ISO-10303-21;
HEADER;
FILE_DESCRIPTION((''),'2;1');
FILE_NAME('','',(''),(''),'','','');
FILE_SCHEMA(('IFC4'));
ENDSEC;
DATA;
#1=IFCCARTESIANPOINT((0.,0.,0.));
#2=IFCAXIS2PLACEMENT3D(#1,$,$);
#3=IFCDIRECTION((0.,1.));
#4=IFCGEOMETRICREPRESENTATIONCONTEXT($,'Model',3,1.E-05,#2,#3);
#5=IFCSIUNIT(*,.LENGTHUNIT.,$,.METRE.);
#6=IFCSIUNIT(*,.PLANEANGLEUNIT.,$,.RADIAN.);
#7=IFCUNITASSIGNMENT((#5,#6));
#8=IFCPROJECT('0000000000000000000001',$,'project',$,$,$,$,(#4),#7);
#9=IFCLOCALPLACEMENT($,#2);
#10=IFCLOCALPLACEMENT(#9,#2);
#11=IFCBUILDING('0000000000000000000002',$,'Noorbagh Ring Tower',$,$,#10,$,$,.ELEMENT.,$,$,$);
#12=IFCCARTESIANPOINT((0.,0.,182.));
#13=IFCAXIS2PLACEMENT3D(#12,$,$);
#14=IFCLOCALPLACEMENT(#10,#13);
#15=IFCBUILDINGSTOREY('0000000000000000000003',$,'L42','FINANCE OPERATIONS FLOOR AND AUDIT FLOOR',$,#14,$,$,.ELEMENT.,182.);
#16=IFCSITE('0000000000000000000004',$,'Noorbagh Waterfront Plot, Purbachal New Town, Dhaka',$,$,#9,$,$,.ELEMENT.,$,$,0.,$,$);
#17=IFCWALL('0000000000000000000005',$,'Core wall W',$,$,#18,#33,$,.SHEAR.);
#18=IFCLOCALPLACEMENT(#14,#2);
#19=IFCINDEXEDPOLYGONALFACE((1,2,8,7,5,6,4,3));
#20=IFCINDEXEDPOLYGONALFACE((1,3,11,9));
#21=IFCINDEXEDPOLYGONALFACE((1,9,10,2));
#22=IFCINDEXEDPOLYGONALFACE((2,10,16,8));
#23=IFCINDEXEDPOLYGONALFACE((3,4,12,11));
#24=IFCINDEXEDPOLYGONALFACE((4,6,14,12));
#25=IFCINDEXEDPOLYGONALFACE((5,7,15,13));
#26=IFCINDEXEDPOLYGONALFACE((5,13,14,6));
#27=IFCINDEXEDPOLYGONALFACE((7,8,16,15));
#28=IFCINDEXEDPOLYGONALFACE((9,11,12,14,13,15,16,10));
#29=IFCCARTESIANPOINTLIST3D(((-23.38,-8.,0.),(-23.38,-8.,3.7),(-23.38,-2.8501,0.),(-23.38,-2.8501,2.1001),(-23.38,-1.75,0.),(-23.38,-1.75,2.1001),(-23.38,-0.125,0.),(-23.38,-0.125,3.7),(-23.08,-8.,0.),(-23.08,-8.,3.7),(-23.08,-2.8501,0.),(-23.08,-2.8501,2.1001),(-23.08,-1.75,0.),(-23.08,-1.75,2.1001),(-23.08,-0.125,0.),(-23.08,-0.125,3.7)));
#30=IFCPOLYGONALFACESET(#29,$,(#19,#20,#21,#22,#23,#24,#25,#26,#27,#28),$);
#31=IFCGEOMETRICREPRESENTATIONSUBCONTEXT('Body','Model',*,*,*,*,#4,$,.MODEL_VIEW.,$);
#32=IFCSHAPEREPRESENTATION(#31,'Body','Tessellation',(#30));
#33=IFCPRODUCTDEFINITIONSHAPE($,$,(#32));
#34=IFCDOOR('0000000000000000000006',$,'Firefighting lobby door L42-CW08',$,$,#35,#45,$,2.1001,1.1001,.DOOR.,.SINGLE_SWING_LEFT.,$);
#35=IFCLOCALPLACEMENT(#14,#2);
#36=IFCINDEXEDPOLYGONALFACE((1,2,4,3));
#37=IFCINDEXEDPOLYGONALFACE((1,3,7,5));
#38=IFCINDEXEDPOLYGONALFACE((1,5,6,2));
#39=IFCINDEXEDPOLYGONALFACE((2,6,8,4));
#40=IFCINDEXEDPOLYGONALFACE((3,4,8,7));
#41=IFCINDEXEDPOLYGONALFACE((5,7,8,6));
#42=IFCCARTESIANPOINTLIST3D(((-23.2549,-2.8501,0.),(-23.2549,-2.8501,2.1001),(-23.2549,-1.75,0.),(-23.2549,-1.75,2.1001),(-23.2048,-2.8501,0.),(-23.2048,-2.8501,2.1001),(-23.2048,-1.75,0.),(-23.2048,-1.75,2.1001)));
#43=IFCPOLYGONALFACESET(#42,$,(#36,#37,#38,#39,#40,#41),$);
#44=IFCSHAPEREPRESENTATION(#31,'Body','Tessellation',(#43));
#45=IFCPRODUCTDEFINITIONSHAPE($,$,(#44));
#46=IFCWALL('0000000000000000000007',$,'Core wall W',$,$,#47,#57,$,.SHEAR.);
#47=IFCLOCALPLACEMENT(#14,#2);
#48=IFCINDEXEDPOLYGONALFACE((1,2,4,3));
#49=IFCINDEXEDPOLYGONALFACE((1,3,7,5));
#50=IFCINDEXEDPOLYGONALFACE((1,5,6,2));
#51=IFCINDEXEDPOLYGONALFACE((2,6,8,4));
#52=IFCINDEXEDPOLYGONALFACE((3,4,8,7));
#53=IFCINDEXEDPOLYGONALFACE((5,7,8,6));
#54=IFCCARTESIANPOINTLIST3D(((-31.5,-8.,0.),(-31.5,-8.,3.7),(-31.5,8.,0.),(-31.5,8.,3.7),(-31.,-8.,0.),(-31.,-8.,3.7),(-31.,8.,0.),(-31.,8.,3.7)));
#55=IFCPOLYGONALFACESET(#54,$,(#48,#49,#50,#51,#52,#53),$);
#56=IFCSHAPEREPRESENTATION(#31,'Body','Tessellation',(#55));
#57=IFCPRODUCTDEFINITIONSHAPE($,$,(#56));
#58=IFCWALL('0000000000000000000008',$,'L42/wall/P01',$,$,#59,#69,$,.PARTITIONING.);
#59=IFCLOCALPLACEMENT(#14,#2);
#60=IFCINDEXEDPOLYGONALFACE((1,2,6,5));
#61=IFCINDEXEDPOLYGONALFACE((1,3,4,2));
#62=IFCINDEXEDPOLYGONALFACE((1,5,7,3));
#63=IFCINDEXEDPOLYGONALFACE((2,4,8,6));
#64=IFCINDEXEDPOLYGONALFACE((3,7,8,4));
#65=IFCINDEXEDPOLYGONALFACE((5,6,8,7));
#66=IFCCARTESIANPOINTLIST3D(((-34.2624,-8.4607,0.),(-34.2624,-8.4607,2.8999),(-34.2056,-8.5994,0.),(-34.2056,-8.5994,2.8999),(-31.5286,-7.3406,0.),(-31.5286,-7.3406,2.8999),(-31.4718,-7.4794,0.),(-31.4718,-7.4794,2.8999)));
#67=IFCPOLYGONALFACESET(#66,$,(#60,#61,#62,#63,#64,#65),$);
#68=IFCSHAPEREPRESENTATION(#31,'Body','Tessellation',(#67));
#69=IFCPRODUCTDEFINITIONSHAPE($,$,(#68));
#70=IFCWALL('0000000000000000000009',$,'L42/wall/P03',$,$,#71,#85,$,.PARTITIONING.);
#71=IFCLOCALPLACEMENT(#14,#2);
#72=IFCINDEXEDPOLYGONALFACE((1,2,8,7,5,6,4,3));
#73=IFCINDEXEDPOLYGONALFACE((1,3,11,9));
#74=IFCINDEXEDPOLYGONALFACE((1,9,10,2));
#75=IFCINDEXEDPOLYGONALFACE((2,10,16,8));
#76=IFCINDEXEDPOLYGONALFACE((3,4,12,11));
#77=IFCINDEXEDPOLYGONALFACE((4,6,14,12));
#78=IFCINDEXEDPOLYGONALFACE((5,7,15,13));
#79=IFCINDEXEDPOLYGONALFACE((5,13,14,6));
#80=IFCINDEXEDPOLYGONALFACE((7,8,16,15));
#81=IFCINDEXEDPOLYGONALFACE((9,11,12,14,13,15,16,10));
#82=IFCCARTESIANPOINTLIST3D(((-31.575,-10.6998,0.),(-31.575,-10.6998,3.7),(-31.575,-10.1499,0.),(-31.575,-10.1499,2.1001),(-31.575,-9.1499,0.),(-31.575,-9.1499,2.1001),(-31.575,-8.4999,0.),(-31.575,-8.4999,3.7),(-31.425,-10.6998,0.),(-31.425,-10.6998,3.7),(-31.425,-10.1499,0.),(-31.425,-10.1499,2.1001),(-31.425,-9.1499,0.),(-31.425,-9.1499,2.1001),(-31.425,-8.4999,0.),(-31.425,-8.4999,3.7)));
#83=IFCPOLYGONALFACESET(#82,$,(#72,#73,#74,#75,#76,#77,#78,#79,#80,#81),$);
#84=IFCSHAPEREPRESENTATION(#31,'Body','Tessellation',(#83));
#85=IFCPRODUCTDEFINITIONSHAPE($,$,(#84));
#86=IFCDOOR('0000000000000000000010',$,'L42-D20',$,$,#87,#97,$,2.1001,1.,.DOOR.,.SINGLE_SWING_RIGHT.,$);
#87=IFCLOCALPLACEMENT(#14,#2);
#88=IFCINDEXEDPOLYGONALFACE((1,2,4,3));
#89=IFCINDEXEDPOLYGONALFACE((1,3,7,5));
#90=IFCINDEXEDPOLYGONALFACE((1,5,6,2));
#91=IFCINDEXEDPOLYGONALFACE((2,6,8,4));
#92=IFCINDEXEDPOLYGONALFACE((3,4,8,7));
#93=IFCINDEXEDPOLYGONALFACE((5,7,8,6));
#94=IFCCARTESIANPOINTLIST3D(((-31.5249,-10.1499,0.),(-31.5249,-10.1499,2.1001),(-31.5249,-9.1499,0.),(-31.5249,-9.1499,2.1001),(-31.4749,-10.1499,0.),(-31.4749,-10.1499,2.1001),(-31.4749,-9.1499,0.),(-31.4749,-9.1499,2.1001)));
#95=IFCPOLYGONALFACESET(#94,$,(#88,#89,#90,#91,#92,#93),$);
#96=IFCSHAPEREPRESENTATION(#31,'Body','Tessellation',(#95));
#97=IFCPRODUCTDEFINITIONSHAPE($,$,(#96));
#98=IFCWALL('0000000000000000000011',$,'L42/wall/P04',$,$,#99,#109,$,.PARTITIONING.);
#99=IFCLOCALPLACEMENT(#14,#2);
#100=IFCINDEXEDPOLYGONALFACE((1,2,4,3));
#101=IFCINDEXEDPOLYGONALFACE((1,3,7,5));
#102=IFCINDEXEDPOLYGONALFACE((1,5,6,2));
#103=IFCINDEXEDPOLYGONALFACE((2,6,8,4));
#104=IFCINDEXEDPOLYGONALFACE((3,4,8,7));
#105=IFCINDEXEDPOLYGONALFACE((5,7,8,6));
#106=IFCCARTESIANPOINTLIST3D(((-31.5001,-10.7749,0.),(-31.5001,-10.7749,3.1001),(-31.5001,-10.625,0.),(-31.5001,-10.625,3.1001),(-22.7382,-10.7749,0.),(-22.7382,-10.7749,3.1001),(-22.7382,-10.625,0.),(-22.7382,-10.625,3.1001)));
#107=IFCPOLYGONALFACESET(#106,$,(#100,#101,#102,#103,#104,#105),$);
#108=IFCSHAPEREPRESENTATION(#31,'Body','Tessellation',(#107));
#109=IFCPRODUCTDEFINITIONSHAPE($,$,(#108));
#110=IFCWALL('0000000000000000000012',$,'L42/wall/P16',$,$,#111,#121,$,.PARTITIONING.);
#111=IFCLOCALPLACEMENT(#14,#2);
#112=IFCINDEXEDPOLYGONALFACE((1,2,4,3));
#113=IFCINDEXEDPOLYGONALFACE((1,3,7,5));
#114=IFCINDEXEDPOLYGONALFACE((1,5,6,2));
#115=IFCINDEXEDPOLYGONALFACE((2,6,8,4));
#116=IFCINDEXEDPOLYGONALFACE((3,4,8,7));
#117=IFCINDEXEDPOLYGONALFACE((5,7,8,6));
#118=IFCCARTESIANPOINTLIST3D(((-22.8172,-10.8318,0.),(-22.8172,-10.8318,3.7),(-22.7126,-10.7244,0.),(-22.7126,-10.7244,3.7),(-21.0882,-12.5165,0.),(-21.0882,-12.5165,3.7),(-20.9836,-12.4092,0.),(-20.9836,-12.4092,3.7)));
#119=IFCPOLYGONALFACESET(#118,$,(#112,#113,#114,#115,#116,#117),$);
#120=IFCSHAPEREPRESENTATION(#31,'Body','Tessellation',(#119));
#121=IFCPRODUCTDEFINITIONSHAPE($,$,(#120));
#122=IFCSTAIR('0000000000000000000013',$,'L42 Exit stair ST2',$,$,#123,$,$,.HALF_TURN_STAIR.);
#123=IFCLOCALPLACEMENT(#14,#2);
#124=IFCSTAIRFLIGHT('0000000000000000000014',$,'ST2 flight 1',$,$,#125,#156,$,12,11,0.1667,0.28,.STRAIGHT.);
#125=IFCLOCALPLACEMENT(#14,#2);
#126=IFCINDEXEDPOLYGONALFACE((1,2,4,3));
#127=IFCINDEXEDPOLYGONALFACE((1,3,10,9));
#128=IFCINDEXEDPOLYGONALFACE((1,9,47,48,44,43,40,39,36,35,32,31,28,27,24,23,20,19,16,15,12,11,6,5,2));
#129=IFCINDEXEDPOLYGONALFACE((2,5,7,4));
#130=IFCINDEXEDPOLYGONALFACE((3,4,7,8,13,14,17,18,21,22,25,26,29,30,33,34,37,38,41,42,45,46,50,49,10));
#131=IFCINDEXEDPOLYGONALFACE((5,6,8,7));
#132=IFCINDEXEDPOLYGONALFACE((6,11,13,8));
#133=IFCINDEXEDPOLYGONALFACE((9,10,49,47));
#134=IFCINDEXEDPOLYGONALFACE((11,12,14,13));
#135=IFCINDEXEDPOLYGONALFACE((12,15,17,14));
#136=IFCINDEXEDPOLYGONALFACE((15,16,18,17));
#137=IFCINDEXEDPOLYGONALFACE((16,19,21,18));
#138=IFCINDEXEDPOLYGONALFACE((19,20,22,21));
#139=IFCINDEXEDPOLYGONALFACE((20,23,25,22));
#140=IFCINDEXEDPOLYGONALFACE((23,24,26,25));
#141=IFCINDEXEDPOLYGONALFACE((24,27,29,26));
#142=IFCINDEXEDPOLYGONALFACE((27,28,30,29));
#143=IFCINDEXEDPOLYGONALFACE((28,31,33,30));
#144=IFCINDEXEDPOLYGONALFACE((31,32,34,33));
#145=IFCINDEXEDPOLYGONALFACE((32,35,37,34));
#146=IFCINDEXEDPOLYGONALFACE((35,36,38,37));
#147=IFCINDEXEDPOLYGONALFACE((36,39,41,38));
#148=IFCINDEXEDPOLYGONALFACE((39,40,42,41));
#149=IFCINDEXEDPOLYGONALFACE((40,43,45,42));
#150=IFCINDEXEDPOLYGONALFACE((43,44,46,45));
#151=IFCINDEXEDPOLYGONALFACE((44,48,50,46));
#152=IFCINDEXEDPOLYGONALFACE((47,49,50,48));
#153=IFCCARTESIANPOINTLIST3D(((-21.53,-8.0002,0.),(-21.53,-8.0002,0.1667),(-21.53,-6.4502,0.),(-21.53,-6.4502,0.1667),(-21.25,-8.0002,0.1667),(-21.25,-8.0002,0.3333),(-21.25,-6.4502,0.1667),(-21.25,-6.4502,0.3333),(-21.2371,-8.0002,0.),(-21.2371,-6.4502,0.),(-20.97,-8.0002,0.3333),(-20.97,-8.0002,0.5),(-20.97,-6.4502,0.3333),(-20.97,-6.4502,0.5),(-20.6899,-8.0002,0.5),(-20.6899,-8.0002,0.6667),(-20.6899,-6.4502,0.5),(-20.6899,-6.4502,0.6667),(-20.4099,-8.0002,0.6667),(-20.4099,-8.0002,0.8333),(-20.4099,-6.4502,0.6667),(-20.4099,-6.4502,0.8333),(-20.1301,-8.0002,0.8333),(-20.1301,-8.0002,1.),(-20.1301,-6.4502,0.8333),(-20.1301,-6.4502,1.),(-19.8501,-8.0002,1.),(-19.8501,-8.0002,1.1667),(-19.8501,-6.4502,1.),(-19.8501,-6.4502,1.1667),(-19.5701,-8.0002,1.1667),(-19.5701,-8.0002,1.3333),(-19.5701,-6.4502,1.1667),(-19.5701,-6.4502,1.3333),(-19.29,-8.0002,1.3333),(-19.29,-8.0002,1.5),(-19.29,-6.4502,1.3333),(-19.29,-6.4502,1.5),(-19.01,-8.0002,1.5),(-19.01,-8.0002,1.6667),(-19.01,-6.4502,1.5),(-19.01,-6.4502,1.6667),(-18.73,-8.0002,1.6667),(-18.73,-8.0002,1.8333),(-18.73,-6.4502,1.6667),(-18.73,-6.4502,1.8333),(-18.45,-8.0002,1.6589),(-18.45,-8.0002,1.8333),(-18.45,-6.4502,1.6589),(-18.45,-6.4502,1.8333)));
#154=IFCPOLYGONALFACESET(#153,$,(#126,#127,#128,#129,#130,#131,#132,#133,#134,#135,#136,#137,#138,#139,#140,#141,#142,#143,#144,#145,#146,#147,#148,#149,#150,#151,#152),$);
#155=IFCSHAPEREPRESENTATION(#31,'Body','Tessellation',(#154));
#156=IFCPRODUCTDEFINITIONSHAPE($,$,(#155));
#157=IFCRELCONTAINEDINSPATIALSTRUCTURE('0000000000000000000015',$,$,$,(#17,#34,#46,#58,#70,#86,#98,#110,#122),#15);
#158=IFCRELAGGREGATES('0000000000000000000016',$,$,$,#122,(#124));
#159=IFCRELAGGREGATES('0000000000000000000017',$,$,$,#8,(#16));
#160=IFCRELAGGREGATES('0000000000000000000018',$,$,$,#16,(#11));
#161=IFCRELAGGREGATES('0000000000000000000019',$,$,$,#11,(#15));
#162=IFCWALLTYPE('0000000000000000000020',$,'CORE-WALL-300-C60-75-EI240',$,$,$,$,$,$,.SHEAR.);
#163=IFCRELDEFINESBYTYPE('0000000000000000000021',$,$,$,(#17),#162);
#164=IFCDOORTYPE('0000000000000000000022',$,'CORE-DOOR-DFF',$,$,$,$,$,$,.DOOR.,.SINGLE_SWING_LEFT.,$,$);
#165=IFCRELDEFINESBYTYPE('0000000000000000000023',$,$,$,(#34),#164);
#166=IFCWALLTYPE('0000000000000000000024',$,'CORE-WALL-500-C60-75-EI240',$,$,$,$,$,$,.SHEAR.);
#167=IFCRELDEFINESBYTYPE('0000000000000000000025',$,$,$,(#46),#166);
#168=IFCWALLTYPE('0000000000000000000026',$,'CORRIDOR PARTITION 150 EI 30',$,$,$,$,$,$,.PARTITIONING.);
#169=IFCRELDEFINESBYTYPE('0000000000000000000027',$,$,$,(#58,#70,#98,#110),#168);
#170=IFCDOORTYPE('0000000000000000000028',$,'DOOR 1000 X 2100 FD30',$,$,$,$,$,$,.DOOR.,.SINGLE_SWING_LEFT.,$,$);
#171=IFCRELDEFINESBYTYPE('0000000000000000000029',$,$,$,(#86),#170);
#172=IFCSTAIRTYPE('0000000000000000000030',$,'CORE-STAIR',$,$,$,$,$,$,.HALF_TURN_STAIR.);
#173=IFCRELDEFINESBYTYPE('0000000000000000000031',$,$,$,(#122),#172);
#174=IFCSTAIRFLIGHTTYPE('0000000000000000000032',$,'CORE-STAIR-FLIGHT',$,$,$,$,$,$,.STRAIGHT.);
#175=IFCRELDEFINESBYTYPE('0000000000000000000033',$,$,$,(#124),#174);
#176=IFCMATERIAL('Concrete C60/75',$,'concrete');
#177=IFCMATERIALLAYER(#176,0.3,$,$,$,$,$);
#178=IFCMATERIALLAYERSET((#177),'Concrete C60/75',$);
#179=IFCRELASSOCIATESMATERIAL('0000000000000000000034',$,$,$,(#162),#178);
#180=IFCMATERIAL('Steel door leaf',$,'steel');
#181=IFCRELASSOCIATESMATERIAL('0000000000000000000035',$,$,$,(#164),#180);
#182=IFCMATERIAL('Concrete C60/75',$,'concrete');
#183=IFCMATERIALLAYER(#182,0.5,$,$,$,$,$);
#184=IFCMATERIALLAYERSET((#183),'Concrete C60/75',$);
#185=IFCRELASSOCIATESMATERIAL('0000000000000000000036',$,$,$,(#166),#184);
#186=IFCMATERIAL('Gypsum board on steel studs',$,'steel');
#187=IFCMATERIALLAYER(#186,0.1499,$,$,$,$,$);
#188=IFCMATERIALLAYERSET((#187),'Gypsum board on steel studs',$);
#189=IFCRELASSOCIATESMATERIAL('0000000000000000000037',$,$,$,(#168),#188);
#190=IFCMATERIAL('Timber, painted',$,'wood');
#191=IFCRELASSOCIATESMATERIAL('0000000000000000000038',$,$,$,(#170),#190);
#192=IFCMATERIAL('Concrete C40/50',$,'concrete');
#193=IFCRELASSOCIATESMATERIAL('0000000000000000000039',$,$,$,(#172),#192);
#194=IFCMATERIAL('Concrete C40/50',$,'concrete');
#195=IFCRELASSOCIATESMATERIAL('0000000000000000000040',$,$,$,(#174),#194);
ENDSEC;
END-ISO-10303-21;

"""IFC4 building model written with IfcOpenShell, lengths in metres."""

from ifc_helpers import new_model, si_unit, direction, frame, frame_2d, origin, place, context, subcontext, project, spatial, polyline, rectangle, outline, extrude, material, layer, layer_set, type_object, element, fill, aggregate, save


model = new_model("IFC4")

# Units and contexts
model_context = context("Model", 3, precision=1e-05, world=origin(), true_north=direction((0.0, 1.0)))
body_context = subcontext(model_context, "Body", "Model", "MODEL_VIEW")
ifc_project = project(units=[si_unit("LENGTHUNIT", "METRE"), si_unit("PLANEANGLEUNIT", "RADIAN")], contexts=[model_context])

# Site, building, storey
site_placement = place(None, origin())
site = spatial("IfcSite", under=ifc_project, at=site_placement, Name="Noorbagh Waterfront Plot, Purbachal New Town, Dhaka", CompositionType="ELEMENT", RefElevation=0.0)
building_placement = place(site_placement, origin())
building = spatial("IfcBuilding", under=site, at=building_placement, Name="Noorbagh Ring Tower", CompositionType="ELEMENT")
storey_placement = place(building_placement, frame((0.0, 0.0, 182.0)))
storey = spatial("IfcBuildingStorey", under=building, at=storey_placement, Name="L42", Description="FINANCE OPERATIONS FLOOR AND AUDIT FLOOR", CompositionType="ELEMENT", Elevation=182.0)

# Shared definitions
ifc_material_1 = material(Name="Concrete C60/75", Category="concrete")
ifc_layer_1 = layer(ifc_material_1, 0.3)
ifc_layer_set_1 = layer_set([ifc_layer_1], Name="Concrete C60/75")
wall_type_1 = type_object("IfcWallType", Name="CORE-WALL-300-C60-75-EI240", PredefinedType="SHEAR", material=ifc_layer_set_1)

# Wall, opening, door
wall_1_placement = place(storey_placement, frame((-23.23, -8.0, 0.0), z_axis=(0.0, 0.0, 1.0), x_axis=(0.0, 1.0, 0.0)))
wall_1 = element("IfcWall", 1, at=wall_1_placement, inside=storey, type_object=wall_type_1, Name="Core wall W", PredefinedType="SHEAR", context=body_context, shape_type="SweptSolid", body=[
    extrude(rectangle(XDim=7.875, YDim=0.3, at=frame_2d((3.9375, 0.0))), origin(), (0.0, 0.0, 1.0), 3.7),
])
opening_1_placement = place(wall_1_placement, frame((5.1499, 0.0, 0.0)))
opening_1 = element("IfcOpeningElement", 2, at=opening_1_placement, cuts=wall_1, PredefinedType="OPENING", context=body_context, shape_type="SweptSolid", body=[
    extrude(rectangle(XDim=1.1001, YDim=2.1001, at=frame_2d((0.55, 1.05))), frame((0.0, 0.1602, 0.0), z_axis=(0.0, -1.0, 0.0), x_axis=(1.0, 0.0, 0.0)), (0.0, 0.0, 1.0), 0.3201),
])
ifc_material_2 = material(Name="Steel door leaf", Category="steel")
door_type_1 = type_object("IfcDoorType", Name="CORE-DOOR-DFF", OperationType="SINGLE_SWING_LEFT", PredefinedType="DOOR", material=ifc_material_2)
door_1_placement = place(opening_1_placement, origin())
door_1 = element("IfcDoor", 3, at=door_1_placement, inside=storey, type_object=door_type_1, Name="Firefighting lobby door L42-CW08", OperationType="SINGLE_SWING_LEFT", OverallHeight=2.1001, OverallWidth=1.1001, PredefinedType="DOOR", context=body_context, shape_type="SweptSolid", body=[
    extrude(rectangle(XDim=1.1001, YDim=2.1001, at=frame_2d((0.55, 1.05))), frame((0.0, 0.0249, 0.0), z_axis=(0.0, -1.0, 0.0), x_axis=(1.0, 0.0, 0.0)), (0.0, 0.0, 1.0), 0.05),
])
fill(opening_1, door_1)

# Walls
ifc_material_3 = material(Name="Concrete C60/75", Category="concrete")
ifc_layer_2 = layer(ifc_material_3, 0.5)
ifc_layer_set_2 = layer_set([ifc_layer_2], Name="Concrete C60/75")
wall_type_2 = type_object("IfcWallType", Name="CORE-WALL-500-C60-75-EI240", PredefinedType="SHEAR", material=ifc_layer_set_2)
wall_2_placement = place(storey_placement, frame((-31.25, -8.0, 0.0), z_axis=(0.0, 0.0, 1.0), x_axis=(0.0, 1.0, 0.0)))
element("IfcWall", 4, at=wall_2_placement, inside=storey, type_object=wall_type_2, Name="Core wall W", PredefinedType="SHEAR", context=body_context, shape_type="SweptSolid", body=[
    extrude(rectangle(XDim=16.0, YDim=0.5, at=frame_2d((8.0, 0.0))), origin(), (0.0, 0.0, 1.0), 3.7),
])
ifc_material_4 = material(Name="Gypsum board on steel studs", Category="steel")
ifc_layer_3 = layer(ifc_material_4, 0.1499)
ifc_layer_set_3 = layer_set([ifc_layer_3], Name="Gypsum board on steel studs")
wall_type_3 = type_object("IfcWallType", Name="CORRIDOR PARTITION 150 EI 30", PredefinedType="PARTITIONING", material=ifc_layer_set_3)
wall_3_placement = place(storey_placement, frame((-34.2339, -8.53, 0.0), z_axis=(0.0, 0.0, 1.0), x_axis=(0.925344, 0.379128, 0.0)))
element("IfcWall", 5, at=wall_3_placement, inside=storey, type_object=wall_type_3, Name="L42/wall/P01", PredefinedType="PARTITIONING", context=body_context, shape_type="SweptSolid", body=[
    extrude(rectangle(XDim=2.9543, YDim=0.1499, at=frame_2d((1.4771, 0.0))), origin(), (0.0, 0.0, 1.0), 2.8999),
])

# Wall, opening, door
wall_4_placement = place(storey_placement, frame((-31.5, -10.7, 0.0), z_axis=(0.0, 0.0, 1.0), x_axis=(0.0, 1.0, 0.0)))
wall_4 = element("IfcWall", 6, at=wall_4_placement, inside=storey, type_object=wall_type_3, Name="L42/wall/P03", PredefinedType="PARTITIONING", context=body_context, shape_type="SweptSolid", body=[
    extrude(rectangle(XDim=2.2, YDim=0.1499, at=frame_2d((1.1001, 0.0))), origin(), (0.0, 0.0, 1.0), 3.7),
])
opening_2_placement = place(wall_4_placement, frame((0.55, 0.0, 0.0)))
opening_2 = element("IfcOpeningElement", 7, at=opening_2_placement, cuts=wall_4, PredefinedType="OPENING", context=body_context, shape_type="SweptSolid", body=[
    extrude(rectangle(XDim=1.0, YDim=2.1001, at=frame_2d((0.5, 1.05))), frame((0.0, 0.085, 0.0), z_axis=(0.0, -1.0, 0.0), x_axis=(1.0, 0.0, 0.0)), (0.0, 0.0, 1.0), 0.1699),
])
ifc_material_5 = material(Name="Timber, painted", Category="wood")
door_type_2 = type_object("IfcDoorType", Name="DOOR 1000 X 2100 FD30", OperationType="SINGLE_SWING_LEFT", PredefinedType="DOOR", material=ifc_material_5)
door_2_placement = place(opening_2_placement, origin())
door_2 = element("IfcDoor", 8, at=door_2_placement, inside=storey, type_object=door_type_2, Name="L42-D20", OperationType="SINGLE_SWING_RIGHT", OverallHeight=2.1001, OverallWidth=1.0, PredefinedType="DOOR", context=body_context, shape_type="SweptSolid", body=[
    extrude(rectangle(XDim=1.0, YDim=2.1001, at=frame_2d((0.5, 1.05))), frame((0.0, 0.0249, 0.0), z_axis=(0.0, -1.0, 0.0), x_axis=(1.0, 0.0, 0.0)), (0.0, 0.0, 1.0), 0.05),
])
fill(opening_2, door_2)

# Walls
wall_5_placement = place(storey_placement, frame((-31.5, -10.7, 0.0), z_axis=(0.0, 0.0, 1.0), x_axis=(1.0, 0.0, 0.0)))
element("IfcWall", 9, at=wall_5_placement, inside=storey, type_object=wall_type_3, Name="L42/wall/P04", PredefinedType="PARTITIONING", context=body_context, shape_type="SweptSolid", body=[
    extrude(rectangle(XDim=8.762, YDim=0.1499, at=frame_2d((4.3809, 0.0))), origin(), (0.0, 0.0, 1.0), 3.1001),
])
wall_6_placement = place(storey_placement, frame((-22.7649, -10.7781, 0.0), z_axis=(0.0, 0.0, 1.0), x_axis=(0.7162, -0.697895, 0.0)))
element("IfcWall", 10, at=wall_6_placement, inside=storey, type_object=wall_type_3, Name="L42/wall/P16", PredefinedType="PARTITIONING", context=body_context, shape_type="SweptSolid", body=[
    extrude(rectangle(XDim=2.4141, YDim=0.1499, at=frame_2d((1.207, 0.0))), origin(), (0.0, 0.0, 1.0), 3.7),
])

# Stair, stair flight
ifc_material_6 = material(Name="Concrete C40/50", Category="concrete")
stair_type = type_object("IfcStairType", Name="CORE-STAIR", PredefinedType="HALF_TURN_STAIR", material=ifc_material_6)
stair_placement = place(storey_placement, origin())
stair = element("IfcStair", 11, at=stair_placement, inside=storey, type_object=stair_type, Name="L42 Exit stair ST2", PredefinedType="HALF_TURN_STAIR")
ifc_material_7 = material(Name="Concrete C40/50", Category="concrete")
stair_flight_type = type_object("IfcStairFlightType", Name="CORE-STAIR-FLIGHT", PredefinedType="STRAIGHT", material=ifc_material_7)
stair_flight_placement = place(storey_placement, frame((-21.53, -7.2251, 0.0), z_axis=(0.0, 0.0, 1.0), x_axis=(1.0, 0.0, 0.0)))
stair_flight = element("IfcStairFlight", 12, at=stair_flight_placement, type_object=stair_flight_type, Name="ST2 flight 1", NumberOfRisers=12, NumberOfTreads=11, PredefinedType="STRAIGHT", RiserHeight=0.1667, TreadLength=0.28, context=body_context, shape_type="SweptSolid", body=[
    extrude(outline(polyline([(0.0, 0.0), (0.0, 0.1667), (0.28, 0.1667), (0.28, 0.3333), (0.5601, 0.3333), (0.5601, 0.5), (0.8401, 0.5), (0.8401, 0.6667), (1.1201, 0.6667), (1.1201, 0.8333), (1.3999, 0.8333), (1.3999, 1.0), (1.6799, 1.0), (1.6799, 1.1667), (1.96, 1.1667), (1.96, 1.3333), (2.24, 1.3333), (2.24, 1.5), (2.52, 1.5), (2.52, 1.6667), (2.8, 1.6667), (2.8, 1.8333), (3.0801, 1.8333), (3.0801, 2.0), (3.0801, 1.6589), (0.293, 0.0), (0.0, 0.0)])), frame((0.0, 0.7749, 0.0), z_axis=(0.0, -1.0, 0.0), x_axis=(1.0, 0.0, 0.0)), (0.0, 0.0, 1.0), 1.55),
])
aggregate(stair, [stair_flight])

save(model, "model.ifc")
